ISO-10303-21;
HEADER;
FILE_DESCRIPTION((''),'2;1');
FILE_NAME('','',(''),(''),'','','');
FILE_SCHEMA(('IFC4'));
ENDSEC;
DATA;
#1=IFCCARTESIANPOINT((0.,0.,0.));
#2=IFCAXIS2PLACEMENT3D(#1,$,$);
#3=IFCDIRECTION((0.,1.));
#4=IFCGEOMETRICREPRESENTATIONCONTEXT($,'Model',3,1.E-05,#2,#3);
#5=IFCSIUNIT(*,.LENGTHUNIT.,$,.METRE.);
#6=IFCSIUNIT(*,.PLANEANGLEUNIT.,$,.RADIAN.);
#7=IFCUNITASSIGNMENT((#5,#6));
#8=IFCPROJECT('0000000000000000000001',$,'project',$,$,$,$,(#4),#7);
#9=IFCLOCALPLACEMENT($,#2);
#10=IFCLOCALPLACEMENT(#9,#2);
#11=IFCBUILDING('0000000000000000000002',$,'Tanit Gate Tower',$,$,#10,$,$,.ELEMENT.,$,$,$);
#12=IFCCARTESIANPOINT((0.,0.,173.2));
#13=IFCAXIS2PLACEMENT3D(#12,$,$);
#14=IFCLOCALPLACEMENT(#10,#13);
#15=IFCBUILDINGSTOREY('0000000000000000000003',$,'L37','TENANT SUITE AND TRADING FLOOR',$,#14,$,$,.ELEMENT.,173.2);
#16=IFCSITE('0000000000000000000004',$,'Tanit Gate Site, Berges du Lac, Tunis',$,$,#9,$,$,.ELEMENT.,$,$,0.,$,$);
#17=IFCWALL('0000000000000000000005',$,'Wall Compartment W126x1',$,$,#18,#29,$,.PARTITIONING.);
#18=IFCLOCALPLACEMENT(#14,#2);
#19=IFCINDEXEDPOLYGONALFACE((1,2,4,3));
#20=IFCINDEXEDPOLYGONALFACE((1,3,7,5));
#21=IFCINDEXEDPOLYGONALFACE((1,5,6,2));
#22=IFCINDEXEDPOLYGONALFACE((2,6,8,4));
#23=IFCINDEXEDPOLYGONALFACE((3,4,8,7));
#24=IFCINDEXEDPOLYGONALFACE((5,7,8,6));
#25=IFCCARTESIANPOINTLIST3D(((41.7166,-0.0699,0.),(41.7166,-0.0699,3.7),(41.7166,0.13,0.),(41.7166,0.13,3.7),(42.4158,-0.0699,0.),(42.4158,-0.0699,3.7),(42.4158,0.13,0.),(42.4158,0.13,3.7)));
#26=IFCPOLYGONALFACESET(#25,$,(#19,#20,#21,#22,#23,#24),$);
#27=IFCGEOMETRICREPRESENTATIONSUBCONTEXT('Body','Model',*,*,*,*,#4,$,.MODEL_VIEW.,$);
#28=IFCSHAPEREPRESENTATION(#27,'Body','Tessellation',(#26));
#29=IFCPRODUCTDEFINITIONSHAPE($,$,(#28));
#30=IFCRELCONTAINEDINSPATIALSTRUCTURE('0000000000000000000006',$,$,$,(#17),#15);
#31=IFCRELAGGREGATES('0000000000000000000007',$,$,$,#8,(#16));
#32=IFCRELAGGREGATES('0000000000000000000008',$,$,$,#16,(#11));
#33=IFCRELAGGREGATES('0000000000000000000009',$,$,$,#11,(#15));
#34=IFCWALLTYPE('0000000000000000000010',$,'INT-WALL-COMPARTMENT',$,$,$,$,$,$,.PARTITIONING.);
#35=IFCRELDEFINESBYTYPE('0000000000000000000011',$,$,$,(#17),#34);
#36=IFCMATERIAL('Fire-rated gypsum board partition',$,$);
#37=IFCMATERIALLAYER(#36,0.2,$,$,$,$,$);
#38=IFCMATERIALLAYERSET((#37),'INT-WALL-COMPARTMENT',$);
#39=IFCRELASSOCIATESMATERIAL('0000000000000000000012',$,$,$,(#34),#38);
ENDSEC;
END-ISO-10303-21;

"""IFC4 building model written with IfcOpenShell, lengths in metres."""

from ifc_helpers import new_model, si_unit, direction, frame, frame_2d, origin, place, context, subcontext, project, spatial, rectangle, extrude, material, layer, layer_set, type_object, element, save


model = new_model("IFC4")

# Units and contexts
model_context = context("Model", 3, precision=1e-05, world=origin(), true_north=direction((0.0, 1.0)))
body_context = subcontext(model_context, "Body", "Model", "MODEL_VIEW")
ifc_project = project(units=[si_unit("LENGTHUNIT", "METRE"), si_unit("PLANEANGLEUNIT", "RADIAN")], contexts=[model_context])

# Site, building, storey
site_placement = place(None, origin())
site = spatial("IfcSite", under=ifc_project, at=site_placement, Name="Tanit Gate Site, Berges du Lac, Tunis", CompositionType="ELEMENT", RefElevation=0.0)
building_placement = place(site_placement, origin())
building = spatial("IfcBuilding", under=site, at=building_placement, Name="Tanit Gate Tower", CompositionType="ELEMENT")
storey_placement = place(building_placement, frame((0.0, 0.0, 173.2)))
storey = spatial("IfcBuildingStorey", under=building, at=storey_placement, Name="L37", Description="TENANT SUITE AND TRADING FLOOR", CompositionType="ELEMENT", Elevation=173.2)

# Wall
ifc_material_1 = material(Name="Fire-rated gypsum board partition")
ifc_layer_1 = layer(ifc_material_1, 0.2)
ifc_layer_set_1 = layer_set([ifc_layer_1], Name="INT-WALL-COMPARTMENT")
wall_type_1 = type_object("IfcWallType", Name="INT-WALL-COMPARTMENT", PredefinedType="PARTITIONING", material=ifc_layer_set_1)
wall_1_placement = place(storey_placement, frame((41.7166, 0.03, 0.0), z_axis=(0.0, 0.0, 1.0), x_axis=(1.0, 0.0, 0.0)))
element("IfcWall", 1, at=wall_1_placement, inside=storey, type_object=wall_type_1, Name="Wall Compartment W126x1", PredefinedType="PARTITIONING", context=body_context, shape_type="SweptSolid", body=[
    extrude(rectangle(XDim=0.6992, YDim=0.2, at=frame_2d((0.3496, 0.0))), origin(), (0.0, 0.0, 1.0), 3.7),
])

save(model, "model.ifc")
